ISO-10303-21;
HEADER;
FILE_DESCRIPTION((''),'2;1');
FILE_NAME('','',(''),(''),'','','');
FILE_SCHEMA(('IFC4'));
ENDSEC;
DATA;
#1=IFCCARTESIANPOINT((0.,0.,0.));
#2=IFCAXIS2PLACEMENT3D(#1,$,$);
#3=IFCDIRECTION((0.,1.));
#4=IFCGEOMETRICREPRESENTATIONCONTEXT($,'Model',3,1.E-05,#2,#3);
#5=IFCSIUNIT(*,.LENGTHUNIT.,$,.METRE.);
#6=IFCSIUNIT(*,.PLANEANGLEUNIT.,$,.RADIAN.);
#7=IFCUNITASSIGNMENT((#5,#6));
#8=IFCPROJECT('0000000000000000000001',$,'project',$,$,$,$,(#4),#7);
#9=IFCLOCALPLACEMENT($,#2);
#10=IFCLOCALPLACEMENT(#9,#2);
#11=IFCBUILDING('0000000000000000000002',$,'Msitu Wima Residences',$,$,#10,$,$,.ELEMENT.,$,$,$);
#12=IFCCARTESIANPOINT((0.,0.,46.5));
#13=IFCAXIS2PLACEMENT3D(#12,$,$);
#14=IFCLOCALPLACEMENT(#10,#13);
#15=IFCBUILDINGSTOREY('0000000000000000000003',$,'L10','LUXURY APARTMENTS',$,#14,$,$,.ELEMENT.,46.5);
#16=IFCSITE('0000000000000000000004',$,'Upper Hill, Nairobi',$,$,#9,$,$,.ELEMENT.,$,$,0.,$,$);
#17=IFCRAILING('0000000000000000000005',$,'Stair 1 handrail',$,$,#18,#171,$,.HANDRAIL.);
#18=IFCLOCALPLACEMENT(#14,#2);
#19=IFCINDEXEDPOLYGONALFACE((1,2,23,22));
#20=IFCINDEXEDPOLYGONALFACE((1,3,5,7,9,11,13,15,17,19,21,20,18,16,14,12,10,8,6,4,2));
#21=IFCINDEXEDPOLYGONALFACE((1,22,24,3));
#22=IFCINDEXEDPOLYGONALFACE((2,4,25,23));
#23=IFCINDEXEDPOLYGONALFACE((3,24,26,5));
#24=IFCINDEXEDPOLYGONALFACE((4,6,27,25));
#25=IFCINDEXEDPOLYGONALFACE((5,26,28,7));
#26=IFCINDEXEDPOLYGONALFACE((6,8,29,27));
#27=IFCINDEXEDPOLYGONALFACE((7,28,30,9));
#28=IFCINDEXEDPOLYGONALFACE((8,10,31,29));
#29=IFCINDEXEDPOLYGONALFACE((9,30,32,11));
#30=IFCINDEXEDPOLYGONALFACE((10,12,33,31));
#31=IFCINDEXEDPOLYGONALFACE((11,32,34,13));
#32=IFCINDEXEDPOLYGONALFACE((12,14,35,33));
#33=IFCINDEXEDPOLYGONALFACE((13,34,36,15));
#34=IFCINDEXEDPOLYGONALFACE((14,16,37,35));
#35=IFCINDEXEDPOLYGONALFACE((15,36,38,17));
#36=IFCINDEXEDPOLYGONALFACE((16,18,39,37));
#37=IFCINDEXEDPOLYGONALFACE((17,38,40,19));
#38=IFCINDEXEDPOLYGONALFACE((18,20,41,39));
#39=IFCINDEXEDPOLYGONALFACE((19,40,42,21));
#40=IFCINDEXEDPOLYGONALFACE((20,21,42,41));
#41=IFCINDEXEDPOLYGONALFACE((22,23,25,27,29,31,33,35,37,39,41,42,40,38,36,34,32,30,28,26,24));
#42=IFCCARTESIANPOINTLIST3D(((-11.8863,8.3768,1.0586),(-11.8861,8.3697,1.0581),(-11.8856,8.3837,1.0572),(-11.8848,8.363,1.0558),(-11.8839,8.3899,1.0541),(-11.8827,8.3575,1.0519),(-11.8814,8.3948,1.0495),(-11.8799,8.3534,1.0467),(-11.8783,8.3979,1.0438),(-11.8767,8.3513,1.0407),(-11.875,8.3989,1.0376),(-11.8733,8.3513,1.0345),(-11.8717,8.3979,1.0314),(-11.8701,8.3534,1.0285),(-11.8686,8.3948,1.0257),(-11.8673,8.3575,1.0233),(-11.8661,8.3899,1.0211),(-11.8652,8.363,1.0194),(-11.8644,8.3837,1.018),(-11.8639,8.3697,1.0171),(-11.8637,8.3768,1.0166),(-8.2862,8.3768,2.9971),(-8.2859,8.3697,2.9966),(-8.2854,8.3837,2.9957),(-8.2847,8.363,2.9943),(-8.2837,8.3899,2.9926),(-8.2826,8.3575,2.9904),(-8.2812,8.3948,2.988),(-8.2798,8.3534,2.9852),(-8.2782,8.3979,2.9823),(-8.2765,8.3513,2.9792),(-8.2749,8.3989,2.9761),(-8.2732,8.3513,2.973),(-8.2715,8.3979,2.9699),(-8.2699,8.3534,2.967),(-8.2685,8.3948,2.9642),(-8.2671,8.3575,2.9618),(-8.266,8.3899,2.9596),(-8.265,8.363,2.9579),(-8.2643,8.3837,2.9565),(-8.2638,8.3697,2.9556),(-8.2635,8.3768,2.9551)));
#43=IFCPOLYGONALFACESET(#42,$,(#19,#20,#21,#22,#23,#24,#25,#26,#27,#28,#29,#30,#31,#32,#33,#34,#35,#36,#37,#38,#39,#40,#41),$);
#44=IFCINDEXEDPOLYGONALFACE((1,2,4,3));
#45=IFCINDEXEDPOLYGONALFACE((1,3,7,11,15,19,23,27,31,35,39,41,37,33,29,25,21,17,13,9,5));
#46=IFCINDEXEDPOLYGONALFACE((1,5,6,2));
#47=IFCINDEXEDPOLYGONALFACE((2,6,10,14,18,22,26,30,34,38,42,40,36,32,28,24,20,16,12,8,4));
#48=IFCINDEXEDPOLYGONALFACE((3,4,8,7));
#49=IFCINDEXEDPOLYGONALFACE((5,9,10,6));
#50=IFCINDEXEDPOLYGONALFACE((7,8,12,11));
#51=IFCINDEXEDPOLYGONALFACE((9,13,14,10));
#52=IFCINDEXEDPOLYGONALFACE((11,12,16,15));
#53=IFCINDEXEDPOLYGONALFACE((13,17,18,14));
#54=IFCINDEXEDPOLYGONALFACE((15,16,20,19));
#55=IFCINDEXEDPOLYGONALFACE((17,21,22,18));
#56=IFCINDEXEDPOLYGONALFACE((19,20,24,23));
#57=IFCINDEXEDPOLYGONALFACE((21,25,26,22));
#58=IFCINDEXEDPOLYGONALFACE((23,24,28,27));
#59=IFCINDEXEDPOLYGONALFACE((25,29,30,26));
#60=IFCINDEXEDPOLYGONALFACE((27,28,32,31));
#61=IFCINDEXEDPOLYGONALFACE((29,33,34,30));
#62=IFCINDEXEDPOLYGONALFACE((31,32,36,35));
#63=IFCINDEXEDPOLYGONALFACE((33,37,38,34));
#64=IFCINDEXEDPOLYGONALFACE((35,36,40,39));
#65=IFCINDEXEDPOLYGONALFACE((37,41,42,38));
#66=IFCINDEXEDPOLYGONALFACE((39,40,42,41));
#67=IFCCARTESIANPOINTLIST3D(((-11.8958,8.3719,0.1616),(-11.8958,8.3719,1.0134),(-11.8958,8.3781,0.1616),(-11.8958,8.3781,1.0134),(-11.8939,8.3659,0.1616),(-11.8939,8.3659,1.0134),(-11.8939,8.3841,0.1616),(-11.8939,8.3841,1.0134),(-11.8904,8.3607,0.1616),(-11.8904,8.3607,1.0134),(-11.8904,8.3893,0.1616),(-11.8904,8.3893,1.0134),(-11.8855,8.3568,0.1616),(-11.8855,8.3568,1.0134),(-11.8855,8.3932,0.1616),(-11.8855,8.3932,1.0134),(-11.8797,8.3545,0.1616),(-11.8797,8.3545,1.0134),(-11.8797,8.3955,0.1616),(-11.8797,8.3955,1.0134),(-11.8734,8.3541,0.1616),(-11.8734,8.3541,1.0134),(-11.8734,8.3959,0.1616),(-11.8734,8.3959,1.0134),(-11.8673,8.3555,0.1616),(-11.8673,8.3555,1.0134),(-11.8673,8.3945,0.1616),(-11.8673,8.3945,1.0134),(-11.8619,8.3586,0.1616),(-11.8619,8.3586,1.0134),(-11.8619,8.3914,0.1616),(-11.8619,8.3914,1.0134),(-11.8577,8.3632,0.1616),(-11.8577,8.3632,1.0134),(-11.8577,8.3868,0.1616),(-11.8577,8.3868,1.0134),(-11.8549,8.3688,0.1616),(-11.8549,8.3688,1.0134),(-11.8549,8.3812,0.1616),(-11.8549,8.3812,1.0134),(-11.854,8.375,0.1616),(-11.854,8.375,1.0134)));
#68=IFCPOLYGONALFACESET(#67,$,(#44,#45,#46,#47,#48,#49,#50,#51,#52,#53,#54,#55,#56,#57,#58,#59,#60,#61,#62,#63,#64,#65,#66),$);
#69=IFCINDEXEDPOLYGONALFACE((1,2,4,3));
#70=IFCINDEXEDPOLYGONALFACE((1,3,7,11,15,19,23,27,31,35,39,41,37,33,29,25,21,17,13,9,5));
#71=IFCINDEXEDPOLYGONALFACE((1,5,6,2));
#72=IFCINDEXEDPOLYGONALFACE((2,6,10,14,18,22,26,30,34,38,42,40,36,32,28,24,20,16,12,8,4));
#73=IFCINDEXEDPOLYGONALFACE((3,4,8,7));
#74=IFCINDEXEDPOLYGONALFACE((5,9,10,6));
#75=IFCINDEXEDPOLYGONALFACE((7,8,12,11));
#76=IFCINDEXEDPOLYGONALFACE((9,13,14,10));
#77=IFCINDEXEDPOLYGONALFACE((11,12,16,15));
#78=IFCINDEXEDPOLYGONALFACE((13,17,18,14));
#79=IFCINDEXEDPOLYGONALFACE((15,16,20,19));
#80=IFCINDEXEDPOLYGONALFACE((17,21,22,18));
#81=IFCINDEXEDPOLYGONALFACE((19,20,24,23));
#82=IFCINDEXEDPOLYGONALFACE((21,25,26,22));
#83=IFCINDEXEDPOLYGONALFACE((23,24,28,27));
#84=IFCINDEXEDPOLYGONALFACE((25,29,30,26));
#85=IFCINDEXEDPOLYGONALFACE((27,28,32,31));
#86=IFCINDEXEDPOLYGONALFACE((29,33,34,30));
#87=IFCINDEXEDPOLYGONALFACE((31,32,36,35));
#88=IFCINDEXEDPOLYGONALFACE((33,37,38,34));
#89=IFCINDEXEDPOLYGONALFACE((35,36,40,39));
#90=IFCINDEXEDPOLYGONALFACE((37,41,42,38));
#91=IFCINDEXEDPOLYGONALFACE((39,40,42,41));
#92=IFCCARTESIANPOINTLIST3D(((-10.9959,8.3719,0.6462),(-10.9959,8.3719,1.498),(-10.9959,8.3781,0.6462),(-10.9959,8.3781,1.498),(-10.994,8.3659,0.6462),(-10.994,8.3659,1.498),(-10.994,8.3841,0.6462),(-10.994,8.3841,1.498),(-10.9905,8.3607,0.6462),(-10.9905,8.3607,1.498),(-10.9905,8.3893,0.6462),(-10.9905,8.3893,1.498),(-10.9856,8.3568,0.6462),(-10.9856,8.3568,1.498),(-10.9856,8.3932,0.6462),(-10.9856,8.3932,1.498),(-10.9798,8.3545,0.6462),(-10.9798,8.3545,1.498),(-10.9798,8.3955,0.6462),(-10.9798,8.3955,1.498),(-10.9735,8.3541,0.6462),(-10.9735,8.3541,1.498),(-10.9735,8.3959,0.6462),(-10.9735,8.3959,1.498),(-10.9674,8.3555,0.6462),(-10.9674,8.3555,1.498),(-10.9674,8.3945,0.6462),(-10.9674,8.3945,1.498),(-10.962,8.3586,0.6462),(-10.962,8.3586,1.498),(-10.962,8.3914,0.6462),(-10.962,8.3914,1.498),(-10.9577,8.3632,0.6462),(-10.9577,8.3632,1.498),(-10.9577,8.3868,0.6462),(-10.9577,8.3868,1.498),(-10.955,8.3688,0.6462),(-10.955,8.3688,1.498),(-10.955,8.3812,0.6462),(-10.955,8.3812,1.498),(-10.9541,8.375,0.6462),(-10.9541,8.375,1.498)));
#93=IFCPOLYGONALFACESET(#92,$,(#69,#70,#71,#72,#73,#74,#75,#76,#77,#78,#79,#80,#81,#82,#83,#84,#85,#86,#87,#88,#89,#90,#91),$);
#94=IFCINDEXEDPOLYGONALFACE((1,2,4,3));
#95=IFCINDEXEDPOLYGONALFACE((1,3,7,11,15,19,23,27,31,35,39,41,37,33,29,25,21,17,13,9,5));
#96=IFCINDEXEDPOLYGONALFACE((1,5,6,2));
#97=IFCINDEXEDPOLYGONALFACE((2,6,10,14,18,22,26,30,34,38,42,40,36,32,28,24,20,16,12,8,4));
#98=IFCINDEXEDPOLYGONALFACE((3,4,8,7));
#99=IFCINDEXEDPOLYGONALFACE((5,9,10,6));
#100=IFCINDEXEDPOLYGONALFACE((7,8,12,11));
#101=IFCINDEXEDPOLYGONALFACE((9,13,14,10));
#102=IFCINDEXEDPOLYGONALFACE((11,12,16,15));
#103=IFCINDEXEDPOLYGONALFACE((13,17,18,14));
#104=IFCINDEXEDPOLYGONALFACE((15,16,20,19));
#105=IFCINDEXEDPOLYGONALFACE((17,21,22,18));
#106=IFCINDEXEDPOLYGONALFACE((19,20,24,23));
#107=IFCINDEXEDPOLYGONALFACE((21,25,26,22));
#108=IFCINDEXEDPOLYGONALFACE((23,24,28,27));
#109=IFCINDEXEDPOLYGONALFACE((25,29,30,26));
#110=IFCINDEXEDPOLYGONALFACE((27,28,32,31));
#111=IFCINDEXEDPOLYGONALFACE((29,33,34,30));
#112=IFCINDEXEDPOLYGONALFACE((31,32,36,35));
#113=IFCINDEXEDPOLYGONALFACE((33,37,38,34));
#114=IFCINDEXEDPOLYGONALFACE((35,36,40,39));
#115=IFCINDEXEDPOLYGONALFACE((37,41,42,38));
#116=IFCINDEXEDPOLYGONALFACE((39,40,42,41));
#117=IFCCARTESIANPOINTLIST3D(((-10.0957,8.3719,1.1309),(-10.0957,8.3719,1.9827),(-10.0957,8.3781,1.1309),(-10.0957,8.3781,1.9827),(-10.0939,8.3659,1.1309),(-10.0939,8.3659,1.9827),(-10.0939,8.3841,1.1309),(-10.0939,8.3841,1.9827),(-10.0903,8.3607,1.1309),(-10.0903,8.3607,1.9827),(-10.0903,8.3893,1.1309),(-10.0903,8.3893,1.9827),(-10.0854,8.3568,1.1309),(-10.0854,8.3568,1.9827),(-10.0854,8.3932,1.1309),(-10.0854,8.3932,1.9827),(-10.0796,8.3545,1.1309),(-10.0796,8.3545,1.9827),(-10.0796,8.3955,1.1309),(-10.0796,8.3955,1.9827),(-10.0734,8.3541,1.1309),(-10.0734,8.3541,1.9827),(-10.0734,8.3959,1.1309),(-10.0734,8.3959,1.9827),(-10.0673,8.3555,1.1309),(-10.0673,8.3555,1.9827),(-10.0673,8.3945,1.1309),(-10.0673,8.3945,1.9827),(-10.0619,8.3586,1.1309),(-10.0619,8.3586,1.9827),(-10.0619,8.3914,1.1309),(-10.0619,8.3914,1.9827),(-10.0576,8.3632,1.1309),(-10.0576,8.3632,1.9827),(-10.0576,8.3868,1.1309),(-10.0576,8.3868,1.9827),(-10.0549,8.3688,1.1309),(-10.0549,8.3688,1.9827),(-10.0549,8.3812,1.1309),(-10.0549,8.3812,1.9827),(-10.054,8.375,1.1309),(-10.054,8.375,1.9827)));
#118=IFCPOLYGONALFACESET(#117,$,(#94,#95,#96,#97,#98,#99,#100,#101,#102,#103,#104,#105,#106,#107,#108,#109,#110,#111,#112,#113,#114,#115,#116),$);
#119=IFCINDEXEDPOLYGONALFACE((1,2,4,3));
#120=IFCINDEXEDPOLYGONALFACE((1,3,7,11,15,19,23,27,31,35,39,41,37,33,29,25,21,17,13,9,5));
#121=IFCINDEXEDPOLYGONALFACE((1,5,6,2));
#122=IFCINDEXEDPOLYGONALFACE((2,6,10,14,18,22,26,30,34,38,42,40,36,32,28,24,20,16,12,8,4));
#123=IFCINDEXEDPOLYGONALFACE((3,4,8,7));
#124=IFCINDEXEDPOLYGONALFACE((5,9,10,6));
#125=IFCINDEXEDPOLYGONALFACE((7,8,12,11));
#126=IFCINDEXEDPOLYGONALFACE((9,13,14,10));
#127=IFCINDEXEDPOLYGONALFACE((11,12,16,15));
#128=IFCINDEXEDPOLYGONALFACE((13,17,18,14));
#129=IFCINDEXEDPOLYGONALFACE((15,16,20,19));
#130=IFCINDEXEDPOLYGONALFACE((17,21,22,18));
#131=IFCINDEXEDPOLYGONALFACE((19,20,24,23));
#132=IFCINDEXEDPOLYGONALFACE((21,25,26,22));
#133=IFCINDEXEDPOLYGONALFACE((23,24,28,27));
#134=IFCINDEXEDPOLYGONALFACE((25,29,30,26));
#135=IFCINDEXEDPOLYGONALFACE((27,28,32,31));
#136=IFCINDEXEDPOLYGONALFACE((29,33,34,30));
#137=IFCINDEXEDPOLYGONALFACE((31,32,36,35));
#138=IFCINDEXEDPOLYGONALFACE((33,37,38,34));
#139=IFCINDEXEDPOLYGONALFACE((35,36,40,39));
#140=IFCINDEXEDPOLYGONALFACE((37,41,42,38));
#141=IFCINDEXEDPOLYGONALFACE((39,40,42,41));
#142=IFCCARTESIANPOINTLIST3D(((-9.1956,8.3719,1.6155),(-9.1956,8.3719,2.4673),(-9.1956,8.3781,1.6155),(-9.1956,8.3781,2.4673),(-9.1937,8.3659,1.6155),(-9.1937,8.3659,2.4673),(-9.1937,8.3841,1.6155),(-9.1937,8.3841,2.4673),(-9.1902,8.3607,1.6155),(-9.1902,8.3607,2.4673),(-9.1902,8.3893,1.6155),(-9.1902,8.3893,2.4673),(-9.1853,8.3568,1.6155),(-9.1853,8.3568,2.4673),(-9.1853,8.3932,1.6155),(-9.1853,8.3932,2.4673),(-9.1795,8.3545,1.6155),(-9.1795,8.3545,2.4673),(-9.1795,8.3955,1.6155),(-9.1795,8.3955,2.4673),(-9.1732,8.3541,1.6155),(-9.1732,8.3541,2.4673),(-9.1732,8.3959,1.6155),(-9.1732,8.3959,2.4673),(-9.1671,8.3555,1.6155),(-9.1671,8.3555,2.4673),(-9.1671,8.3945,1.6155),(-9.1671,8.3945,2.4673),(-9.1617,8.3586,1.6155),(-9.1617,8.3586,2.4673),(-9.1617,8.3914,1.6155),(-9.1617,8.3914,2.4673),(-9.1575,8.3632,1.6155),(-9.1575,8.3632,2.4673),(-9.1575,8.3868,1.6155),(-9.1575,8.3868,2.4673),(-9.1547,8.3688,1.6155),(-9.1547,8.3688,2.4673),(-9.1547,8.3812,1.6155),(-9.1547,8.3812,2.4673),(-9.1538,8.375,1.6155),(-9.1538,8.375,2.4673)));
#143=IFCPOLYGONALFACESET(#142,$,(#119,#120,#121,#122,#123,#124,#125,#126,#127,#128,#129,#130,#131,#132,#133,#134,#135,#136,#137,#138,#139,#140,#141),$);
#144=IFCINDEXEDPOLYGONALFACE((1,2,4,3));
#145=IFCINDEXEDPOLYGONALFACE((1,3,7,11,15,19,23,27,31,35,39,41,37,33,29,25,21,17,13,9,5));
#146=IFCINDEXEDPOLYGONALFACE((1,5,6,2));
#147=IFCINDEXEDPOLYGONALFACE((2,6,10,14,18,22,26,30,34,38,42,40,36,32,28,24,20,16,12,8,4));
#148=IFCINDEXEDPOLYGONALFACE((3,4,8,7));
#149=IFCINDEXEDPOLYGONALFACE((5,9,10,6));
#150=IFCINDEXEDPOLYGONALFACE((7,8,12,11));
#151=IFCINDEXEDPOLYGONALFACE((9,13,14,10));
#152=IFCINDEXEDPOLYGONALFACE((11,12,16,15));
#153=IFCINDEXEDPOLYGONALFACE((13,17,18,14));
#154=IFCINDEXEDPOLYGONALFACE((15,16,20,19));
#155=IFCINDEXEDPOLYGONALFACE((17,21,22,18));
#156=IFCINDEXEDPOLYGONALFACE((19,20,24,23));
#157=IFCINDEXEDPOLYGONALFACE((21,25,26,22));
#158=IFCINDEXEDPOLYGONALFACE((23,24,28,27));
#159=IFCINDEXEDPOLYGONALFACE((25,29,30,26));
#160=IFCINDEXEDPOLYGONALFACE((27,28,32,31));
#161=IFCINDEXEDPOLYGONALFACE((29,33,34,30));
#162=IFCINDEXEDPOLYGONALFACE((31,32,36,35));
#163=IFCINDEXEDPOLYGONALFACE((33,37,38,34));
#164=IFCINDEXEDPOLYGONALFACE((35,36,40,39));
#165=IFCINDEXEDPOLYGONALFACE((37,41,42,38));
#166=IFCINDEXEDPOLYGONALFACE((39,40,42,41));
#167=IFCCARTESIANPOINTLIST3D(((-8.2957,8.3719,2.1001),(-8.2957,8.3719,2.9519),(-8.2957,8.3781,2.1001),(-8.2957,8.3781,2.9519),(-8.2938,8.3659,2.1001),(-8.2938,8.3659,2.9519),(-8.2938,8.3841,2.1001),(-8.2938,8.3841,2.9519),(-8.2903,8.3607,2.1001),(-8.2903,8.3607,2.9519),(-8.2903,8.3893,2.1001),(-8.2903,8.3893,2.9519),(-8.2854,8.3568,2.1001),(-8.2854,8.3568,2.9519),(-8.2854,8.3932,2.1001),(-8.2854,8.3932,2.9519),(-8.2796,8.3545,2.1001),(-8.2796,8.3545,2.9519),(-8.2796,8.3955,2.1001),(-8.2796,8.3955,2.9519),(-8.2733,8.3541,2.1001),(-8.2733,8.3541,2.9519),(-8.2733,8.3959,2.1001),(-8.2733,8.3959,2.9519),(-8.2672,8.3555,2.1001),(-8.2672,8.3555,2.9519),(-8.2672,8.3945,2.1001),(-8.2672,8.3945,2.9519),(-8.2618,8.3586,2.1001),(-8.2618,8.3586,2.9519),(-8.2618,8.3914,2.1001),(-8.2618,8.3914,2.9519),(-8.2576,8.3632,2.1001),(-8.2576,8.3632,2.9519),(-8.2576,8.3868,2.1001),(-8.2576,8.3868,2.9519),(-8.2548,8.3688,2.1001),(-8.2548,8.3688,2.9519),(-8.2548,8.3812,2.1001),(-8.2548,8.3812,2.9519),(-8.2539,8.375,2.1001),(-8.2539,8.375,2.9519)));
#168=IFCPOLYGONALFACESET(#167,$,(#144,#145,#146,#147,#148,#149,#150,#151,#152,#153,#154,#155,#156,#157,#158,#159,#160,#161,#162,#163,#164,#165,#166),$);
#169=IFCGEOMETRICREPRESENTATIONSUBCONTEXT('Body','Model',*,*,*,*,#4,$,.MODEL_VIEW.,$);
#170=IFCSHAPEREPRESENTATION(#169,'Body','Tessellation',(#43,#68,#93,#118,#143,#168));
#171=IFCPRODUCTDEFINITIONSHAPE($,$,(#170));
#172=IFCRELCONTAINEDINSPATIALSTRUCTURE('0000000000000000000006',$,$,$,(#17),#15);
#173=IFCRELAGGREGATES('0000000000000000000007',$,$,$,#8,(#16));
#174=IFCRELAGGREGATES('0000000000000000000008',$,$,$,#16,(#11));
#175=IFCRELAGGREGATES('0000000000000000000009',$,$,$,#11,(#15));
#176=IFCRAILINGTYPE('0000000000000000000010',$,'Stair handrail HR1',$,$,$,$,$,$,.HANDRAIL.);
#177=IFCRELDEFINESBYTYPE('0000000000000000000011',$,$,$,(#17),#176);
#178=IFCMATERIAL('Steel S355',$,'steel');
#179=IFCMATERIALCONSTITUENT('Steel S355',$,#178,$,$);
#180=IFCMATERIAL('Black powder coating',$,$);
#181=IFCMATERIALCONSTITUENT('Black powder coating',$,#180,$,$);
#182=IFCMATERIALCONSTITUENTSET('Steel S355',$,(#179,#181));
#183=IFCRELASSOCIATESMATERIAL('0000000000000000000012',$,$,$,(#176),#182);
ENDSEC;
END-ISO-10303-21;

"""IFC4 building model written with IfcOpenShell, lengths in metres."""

from ifc_helpers import new_model, si_unit, direction, frame, origin, origin_2d, place, context, subcontext, project, spatial, circle, extrude, material, constituent, constituent_set, type_object, element, save


model = new_model("IFC4")

# Units and contexts
model_context = context("Model", 3, precision=1e-05, world=origin(), true_north=direction((0.0, 1.0)))
body_context = subcontext(model_context, "Body", "Model", "MODEL_VIEW")
ifc_project = project(units=[si_unit("LENGTHUNIT", "METRE"), si_unit("PLANEANGLEUNIT", "RADIAN")], contexts=[model_context])

# Site, building, storey
site_placement = place(None, origin())
site = spatial("IfcSite", under=ifc_project, at=site_placement, Name="Upper Hill, Nairobi", CompositionType="ELEMENT", RefElevation=0.0)
building_placement = place(site_placement, origin())
building = spatial("IfcBuilding", under=site, at=building_placement, Name="Msitu Wima Residences", CompositionType="ELEMENT")
storey_placement = place(building_placement, frame((0.0, 0.0, 46.5)))
storey = spatial("IfcBuildingStorey", under=building, at=storey_placement, Name="L10", Description="LUXURY APARTMENTS", CompositionType="ELEMENT", Elevation=46.5)

# Railing
ifc_material_1 = material(Name="Steel S355", Category="steel")
ifc_constituent_1 = constituent(ifc_material_1, Name="Steel S355")
ifc_material_2 = material(Name="Black powder coating")
ifc_constituent_2 = constituent(ifc_material_2, Name="Black powder coating")
ifc_constituent_set = constituent_set(constituents=[ifc_constituent_1, ifc_constituent_2], Name="Steel S355")
railing_type = type_object("IfcRailingType", Name="Stair handrail HR1", PredefinedType="HANDRAIL", material=ifc_constituent_set)
for number, where, name in (
    (1, (-11.875, 8.375, 0.1616), "Stair 1 handrail"),
):
    element("IfcRailing", number, at=place(storey_placement, frame(where)), inside=storey, type_object=railing_type, Name=name, PredefinedType="HANDRAIL", context=body_context, shape_type="SweptSolid", body=[
        extrude(circle(Radius=0.0239, at=origin_2d()), frame((0.0, 0.0, 0.876), z_axis=(0.880475, 0.0, 0.474093), x_axis=(0.0, 1.0, 0.0)), (0.0, 0.0, 1.0), 4.0889),
        extrude(circle(Radius=0.021, at=origin_2d()), origin(), (0.0, 0.0, 1.0), 0.8518),
        extrude(circle(Radius=0.021, at=origin_2d()), frame((0.8999, 0.0, 0.4846)), (0.0, 0.0, 1.0), 0.8518),
        extrude(circle(Radius=0.021, at=origin_2d()), frame((1.8, 0.0, 0.9692)), (0.0, 0.0, 1.0), 0.8518),
        extrude(circle(Radius=0.021, at=origin_2d()), frame((2.7002, 0.0, 1.4539)), (0.0, 0.0, 1.0), 0.8518),
        extrude(circle(Radius=0.021, at=origin_2d()), frame((3.6001, 0.0, 1.9385)), (0.0, 0.0, 1.0), 0.8518),
    ])

save(model, "model.ifc")
